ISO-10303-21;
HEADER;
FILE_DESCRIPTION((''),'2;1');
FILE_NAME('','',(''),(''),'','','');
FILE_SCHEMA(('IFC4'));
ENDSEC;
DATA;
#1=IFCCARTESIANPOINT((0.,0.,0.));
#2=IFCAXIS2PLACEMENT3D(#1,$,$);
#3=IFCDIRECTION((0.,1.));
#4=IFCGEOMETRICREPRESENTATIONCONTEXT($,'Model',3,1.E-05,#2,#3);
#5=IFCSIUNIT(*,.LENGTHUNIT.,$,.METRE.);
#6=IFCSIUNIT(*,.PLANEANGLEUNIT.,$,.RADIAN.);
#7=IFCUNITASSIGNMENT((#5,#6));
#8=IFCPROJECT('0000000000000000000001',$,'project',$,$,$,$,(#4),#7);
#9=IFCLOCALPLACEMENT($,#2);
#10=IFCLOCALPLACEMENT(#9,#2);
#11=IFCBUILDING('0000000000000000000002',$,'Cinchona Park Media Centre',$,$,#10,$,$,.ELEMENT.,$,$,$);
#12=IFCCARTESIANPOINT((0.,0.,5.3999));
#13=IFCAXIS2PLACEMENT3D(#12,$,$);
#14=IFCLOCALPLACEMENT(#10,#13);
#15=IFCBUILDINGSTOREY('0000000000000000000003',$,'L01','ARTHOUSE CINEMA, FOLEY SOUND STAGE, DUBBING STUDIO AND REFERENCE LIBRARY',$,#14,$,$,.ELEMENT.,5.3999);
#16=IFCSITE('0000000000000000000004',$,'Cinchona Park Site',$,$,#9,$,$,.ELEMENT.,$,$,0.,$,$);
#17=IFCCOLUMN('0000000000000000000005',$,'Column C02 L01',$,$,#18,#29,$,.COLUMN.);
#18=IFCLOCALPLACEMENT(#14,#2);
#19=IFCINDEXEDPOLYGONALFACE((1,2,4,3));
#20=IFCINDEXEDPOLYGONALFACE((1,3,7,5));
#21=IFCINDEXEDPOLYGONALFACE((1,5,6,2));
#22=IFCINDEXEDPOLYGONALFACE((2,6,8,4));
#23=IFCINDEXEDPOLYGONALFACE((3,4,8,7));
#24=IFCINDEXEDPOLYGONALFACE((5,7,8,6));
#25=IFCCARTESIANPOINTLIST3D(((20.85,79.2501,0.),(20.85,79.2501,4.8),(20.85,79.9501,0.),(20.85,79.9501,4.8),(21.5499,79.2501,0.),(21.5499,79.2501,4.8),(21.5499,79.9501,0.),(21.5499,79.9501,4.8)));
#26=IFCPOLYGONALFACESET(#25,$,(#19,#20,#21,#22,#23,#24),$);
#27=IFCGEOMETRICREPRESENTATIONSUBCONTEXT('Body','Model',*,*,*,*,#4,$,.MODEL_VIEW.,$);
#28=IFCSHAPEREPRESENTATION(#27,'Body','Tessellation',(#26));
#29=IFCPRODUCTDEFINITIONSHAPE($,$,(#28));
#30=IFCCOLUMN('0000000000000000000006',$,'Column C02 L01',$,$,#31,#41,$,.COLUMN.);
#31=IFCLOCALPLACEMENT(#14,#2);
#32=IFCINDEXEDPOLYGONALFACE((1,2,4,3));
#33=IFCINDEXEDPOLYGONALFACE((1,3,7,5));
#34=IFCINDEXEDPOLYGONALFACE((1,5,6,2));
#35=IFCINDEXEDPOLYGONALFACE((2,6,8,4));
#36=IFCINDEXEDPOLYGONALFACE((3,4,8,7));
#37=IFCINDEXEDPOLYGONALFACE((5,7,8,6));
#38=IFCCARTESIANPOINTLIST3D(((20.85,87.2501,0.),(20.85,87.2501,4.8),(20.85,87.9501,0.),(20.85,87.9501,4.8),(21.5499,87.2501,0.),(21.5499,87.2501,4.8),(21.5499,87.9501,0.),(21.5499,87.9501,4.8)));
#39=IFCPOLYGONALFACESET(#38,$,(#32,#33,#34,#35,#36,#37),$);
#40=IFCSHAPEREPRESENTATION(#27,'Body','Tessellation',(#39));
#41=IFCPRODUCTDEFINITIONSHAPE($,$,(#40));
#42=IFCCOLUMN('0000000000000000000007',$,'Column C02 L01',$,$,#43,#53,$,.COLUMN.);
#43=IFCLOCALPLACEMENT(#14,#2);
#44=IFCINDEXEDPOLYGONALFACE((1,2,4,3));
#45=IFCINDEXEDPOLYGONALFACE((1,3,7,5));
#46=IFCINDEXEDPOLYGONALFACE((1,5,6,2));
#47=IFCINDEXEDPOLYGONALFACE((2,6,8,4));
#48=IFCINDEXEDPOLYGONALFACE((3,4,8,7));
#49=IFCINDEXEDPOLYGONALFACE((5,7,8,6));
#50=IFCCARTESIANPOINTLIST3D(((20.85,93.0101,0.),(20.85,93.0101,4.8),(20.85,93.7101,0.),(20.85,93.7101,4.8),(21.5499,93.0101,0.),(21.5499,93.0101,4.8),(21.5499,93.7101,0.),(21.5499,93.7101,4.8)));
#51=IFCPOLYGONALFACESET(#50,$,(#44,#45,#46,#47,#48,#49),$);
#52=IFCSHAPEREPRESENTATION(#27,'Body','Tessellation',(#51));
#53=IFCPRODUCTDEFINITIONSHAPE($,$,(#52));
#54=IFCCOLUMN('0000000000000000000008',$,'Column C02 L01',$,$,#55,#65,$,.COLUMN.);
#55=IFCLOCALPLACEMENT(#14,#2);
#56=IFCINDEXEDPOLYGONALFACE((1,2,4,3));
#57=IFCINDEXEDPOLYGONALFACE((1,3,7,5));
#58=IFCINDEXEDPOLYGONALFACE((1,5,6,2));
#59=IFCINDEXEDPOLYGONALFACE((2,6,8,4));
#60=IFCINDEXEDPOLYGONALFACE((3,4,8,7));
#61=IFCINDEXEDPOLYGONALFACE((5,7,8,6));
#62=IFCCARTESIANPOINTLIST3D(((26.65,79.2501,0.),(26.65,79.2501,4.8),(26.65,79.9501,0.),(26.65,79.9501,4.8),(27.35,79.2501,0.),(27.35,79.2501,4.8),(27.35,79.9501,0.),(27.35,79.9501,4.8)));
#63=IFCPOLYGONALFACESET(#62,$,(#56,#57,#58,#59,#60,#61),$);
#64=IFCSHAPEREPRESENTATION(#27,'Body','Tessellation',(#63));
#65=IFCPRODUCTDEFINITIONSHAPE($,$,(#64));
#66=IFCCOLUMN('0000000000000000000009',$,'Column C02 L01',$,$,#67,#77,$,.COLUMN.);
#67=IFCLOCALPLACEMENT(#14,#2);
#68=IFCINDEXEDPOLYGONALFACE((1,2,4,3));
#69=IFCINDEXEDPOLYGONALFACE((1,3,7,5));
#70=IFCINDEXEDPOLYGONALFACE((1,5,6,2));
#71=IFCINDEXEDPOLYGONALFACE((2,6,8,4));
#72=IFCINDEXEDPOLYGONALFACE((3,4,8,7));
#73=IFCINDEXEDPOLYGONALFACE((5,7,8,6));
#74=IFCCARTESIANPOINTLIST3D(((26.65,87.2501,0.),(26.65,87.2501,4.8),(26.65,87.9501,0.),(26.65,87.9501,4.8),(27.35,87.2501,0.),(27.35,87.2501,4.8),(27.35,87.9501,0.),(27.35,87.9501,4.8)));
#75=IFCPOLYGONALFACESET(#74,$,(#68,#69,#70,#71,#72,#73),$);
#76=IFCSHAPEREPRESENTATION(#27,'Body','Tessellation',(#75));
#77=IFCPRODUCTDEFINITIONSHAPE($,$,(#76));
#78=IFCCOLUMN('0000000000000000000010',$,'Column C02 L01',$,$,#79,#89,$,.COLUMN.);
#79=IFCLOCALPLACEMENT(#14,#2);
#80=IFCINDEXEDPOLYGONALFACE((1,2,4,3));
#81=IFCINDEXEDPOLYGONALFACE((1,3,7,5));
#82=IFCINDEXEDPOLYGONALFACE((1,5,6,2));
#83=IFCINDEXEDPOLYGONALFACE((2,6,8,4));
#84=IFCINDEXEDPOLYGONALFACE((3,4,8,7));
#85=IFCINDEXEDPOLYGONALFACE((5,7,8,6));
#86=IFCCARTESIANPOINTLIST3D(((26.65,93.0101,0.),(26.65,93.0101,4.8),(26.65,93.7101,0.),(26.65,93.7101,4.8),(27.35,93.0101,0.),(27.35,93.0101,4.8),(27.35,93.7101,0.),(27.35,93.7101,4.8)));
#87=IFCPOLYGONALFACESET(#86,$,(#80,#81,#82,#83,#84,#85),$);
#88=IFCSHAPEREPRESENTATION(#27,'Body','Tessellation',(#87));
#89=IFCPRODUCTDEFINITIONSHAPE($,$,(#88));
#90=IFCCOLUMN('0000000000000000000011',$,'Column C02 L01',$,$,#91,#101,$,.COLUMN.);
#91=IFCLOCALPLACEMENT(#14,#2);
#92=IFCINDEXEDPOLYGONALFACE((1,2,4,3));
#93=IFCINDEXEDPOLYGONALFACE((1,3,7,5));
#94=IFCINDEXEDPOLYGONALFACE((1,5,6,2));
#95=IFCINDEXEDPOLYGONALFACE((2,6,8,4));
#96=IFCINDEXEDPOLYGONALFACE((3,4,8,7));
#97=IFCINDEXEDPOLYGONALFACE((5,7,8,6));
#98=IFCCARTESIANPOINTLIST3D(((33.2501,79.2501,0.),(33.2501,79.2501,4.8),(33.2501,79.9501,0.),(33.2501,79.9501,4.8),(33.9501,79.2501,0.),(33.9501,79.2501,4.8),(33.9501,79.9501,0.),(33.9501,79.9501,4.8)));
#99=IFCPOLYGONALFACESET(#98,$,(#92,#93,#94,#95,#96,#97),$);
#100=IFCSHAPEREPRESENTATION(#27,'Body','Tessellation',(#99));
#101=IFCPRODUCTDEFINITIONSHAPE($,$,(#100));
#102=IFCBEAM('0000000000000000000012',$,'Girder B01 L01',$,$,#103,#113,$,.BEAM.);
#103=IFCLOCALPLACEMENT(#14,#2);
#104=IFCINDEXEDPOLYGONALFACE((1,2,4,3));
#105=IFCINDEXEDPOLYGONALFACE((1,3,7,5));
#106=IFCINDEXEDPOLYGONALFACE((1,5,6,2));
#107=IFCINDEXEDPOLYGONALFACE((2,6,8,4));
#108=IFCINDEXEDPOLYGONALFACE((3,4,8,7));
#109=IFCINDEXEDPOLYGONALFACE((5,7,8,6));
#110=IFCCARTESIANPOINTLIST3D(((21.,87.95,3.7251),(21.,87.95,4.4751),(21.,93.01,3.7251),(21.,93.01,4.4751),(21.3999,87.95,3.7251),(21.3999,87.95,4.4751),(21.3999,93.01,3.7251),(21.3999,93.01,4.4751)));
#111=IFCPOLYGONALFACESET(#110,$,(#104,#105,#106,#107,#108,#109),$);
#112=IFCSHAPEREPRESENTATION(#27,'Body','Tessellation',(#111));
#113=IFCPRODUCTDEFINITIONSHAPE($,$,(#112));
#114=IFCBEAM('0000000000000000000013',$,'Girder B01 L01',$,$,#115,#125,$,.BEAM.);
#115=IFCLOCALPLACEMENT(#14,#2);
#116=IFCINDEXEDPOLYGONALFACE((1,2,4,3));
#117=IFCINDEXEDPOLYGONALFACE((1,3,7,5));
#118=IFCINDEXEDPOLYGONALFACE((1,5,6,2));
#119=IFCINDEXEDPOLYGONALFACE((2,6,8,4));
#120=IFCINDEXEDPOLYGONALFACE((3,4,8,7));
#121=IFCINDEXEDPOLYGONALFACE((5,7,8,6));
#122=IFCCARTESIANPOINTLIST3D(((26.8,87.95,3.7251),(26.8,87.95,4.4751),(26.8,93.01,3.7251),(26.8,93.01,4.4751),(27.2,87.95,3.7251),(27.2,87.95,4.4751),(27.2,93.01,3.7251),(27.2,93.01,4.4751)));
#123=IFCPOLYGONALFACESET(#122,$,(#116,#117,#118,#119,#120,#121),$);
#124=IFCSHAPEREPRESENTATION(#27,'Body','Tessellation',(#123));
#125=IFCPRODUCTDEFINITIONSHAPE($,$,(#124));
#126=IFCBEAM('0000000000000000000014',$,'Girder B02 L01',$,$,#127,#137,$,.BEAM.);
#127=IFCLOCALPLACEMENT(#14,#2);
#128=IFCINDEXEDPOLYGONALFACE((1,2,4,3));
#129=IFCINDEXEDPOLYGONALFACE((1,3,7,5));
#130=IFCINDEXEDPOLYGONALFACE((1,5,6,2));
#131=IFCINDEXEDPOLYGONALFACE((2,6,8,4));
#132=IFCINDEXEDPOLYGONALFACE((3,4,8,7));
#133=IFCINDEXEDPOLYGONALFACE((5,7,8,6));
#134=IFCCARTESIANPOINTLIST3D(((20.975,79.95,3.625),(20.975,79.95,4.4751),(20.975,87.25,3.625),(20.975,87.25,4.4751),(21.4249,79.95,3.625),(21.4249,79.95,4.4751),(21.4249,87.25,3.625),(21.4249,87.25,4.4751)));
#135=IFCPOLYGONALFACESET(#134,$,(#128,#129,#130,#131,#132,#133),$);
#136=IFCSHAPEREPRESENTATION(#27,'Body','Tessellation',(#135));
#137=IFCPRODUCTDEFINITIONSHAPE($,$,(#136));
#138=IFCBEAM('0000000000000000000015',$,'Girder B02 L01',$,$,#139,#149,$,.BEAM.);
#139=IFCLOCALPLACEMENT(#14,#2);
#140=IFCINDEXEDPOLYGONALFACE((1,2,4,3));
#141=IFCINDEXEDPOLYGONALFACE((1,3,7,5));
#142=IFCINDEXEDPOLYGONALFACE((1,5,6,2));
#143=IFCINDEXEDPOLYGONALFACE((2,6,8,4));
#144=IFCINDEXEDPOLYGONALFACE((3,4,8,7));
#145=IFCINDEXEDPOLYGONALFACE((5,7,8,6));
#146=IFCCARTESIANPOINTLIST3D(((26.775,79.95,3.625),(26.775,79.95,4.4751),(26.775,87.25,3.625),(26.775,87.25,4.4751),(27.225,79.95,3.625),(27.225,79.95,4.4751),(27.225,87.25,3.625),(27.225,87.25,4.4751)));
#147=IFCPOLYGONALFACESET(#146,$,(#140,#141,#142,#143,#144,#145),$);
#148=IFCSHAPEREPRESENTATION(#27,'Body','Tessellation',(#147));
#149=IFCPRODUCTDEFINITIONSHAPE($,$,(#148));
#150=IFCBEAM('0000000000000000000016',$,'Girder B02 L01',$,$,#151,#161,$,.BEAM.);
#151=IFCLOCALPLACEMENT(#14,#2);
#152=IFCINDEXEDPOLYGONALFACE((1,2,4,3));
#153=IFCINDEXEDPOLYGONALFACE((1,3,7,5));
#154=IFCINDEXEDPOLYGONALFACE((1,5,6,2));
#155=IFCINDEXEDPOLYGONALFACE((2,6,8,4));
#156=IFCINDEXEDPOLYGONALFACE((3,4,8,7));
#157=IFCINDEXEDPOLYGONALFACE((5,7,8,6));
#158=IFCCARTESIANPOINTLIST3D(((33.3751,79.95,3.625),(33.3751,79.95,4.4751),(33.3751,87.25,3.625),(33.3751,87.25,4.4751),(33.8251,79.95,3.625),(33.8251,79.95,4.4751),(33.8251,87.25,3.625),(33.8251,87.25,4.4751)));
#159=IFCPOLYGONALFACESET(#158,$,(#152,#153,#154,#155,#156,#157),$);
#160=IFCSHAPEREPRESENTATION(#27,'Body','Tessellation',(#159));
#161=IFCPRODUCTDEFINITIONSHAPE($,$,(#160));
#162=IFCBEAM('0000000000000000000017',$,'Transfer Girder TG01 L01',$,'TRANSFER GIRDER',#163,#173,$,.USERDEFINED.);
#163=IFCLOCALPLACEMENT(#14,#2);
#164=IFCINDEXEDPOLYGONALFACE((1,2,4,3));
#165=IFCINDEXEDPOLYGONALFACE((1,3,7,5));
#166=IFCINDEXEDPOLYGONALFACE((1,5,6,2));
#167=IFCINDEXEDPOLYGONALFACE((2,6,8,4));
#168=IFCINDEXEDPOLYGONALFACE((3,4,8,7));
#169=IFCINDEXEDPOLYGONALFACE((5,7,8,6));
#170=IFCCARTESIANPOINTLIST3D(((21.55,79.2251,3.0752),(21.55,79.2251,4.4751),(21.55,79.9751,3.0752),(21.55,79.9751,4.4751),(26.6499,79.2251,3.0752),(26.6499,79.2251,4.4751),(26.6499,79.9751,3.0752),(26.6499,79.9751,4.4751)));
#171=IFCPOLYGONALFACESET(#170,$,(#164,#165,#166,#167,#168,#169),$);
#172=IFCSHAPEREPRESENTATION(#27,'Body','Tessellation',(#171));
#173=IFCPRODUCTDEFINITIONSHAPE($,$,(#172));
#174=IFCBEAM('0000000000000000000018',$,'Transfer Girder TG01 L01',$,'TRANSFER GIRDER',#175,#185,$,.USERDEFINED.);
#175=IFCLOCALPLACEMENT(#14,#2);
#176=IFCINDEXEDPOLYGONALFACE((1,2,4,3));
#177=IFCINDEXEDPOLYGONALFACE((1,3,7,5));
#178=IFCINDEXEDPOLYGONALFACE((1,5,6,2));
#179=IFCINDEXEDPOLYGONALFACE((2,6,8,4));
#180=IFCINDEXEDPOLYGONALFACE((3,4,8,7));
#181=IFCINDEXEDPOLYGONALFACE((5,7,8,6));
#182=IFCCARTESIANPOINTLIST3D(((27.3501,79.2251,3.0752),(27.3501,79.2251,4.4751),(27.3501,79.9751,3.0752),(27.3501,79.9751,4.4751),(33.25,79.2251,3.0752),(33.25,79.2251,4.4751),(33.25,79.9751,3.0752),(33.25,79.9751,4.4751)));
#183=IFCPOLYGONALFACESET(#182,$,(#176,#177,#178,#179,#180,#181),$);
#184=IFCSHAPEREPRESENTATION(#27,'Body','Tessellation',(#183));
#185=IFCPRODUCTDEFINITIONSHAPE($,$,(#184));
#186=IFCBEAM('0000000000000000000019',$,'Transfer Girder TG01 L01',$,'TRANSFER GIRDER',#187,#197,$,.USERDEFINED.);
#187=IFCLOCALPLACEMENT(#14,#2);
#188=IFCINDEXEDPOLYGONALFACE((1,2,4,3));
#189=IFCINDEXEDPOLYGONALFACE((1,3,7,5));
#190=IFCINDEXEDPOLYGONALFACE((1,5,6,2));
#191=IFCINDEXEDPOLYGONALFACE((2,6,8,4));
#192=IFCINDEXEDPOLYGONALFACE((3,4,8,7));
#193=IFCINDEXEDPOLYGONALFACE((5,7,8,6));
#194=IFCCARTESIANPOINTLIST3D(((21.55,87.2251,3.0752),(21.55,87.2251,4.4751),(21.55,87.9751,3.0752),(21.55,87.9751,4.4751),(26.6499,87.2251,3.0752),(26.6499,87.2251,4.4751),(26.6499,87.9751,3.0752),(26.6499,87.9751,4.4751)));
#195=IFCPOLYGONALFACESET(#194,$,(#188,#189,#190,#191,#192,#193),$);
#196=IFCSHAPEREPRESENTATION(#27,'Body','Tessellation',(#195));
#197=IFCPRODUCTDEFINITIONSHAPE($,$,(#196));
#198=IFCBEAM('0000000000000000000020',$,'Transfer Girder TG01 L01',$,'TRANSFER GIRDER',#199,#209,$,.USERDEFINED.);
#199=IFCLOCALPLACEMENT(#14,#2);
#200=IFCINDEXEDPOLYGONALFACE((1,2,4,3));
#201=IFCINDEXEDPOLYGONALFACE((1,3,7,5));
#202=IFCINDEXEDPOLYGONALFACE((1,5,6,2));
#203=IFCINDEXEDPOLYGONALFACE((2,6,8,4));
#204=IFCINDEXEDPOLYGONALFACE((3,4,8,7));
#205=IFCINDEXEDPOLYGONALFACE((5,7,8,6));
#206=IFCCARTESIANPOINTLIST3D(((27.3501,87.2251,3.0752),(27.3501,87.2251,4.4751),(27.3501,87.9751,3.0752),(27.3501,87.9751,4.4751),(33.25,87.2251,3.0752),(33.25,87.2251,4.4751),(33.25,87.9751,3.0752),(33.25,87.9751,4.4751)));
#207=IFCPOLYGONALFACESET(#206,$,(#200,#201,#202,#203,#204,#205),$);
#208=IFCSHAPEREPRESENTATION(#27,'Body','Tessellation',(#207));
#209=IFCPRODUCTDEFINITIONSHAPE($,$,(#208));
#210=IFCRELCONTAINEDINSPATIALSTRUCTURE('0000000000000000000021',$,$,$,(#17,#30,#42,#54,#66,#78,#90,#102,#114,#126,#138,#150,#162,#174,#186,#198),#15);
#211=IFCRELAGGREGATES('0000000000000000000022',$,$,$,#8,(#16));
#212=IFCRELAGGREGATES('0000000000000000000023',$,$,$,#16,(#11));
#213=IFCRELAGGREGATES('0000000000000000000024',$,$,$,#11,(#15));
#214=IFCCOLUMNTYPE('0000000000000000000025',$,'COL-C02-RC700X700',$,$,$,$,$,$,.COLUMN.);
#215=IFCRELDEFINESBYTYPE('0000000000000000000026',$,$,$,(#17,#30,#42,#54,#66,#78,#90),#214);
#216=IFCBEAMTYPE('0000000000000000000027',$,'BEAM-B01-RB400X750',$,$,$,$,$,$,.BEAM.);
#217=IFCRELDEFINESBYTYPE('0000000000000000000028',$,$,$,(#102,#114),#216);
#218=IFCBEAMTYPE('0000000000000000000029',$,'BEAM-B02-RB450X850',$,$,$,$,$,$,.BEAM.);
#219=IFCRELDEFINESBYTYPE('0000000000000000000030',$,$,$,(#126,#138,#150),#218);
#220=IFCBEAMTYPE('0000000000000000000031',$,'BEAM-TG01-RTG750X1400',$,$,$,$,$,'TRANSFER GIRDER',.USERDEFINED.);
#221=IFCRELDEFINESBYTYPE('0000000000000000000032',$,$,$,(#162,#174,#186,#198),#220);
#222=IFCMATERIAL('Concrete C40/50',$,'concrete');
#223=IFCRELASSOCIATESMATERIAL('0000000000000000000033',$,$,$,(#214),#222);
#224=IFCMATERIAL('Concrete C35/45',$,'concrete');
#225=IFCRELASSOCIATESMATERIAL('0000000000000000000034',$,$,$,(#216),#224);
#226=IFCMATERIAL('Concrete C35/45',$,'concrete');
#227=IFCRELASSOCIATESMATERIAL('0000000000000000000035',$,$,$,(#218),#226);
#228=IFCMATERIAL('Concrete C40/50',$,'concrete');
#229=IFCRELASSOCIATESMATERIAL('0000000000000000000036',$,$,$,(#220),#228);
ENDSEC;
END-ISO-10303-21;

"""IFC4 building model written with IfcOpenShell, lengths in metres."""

from ifc_helpers import new_model, si_unit, direction, frame, origin, origin_2d, place, context, subcontext, project, spatial, rectangle, extrude, material, material_profile, profile_set, type_object, element, save


model = new_model("IFC4")

# Units and contexts
model_context = context("Model", 3, precision=1e-05, world=origin(), true_north=direction((0.0, 1.0)))
body_context = subcontext(model_context, "Body", "Model", "MODEL_VIEW")
ifc_project = project(units=[si_unit("LENGTHUNIT", "METRE"), si_unit("PLANEANGLEUNIT", "RADIAN")], contexts=[model_context])

# Site, building, storey
site_placement = place(None, origin())
site = spatial("IfcSite", under=ifc_project, at=site_placement, Name="Cinchona Park Site", CompositionType="ELEMENT", RefElevation=0.0)
building_placement = place(site_placement, origin())
building = spatial("IfcBuilding", under=site, at=building_placement, Name="Cinchona Park Media Centre", CompositionType="ELEMENT")
storey_placement = place(building_placement, frame((0.0, 0.0, 5.3999)))
storey = spatial("IfcBuildingStorey", under=building, at=storey_placement, Name="L01", Description="ARTHOUSE CINEMA, FOLEY SOUND STAGE, DUBBING STUDIO AND REFERENCE LIBRARY", CompositionType="ELEMENT", Elevation=5.3999)

# Columns
ifc_material_1 = material(Name="Concrete C40/50", Category="concrete")
ifc_material_profile_1 = material_profile(ifc_material_1, rectangle(XDim=0.7, YDim=0.7, at=origin_2d()), Name="RC 700X700")
ifc_profile_set_1 = profile_set([ifc_material_profile_1], Name="Concrete C40/50")
column_type = type_object("IfcColumnType", Name="COL-C02-RC700X700", PredefinedType="COLUMN", material=ifc_profile_set_1)
for number, where, z_axis, x_axis, name in (
    (1, (21.2, 79.6001, 0.0), (0.0, 0.0, 1.0), (1.0, 0.0, 0.0), "Column C02 L01"),
    (2, (21.2, 87.6001, 0.0), (0.0, 0.0, 1.0), (1.0, 0.0, 0.0), "Column C02 L01"),
    (3, (21.2, 93.3601, 0.0), (0.0, 0.0, 1.0), (1.0, 0.0, 0.0), "Column C02 L01"),
    (4, (27.0, 79.6001, 0.0), (0.0, 0.0, 1.0), (1.0, 0.0, 0.0), "Column C02 L01"),
    (5, (27.0, 87.6001, 0.0), (0.0, 0.0, 1.0), (1.0, 0.0, 0.0), "Column C02 L01"),
    (6, (27.0, 93.3601, 0.0), (0.0, 0.0, 1.0), (1.0, 0.0, 0.0), "Column C02 L01"),
    (7, (33.6001, 79.6001, 0.0), (0.0, 0.0, 1.0), (1.0, 0.0, 0.0), "Column C02 L01"),
):
    element("IfcColumn", number, at=place(storey_placement, frame(where, z_axis=z_axis, x_axis=x_axis)), inside=storey, type_object=column_type, Name=name, PredefinedType="COLUMN", context=body_context, shape_type="SweptSolid", body=[
        extrude(rectangle(XDim=0.7, YDim=0.7, at=origin_2d()), origin(), (0.0, 0.0, 1.0), 4.8),
    ])

# Beams
ifc_material_2 = material(Name="Concrete C35/45", Category="concrete")
ifc_material_profile_2 = material_profile(ifc_material_2, rectangle(XDim=0.3999, YDim=0.75, at=origin_2d()), Name="RB 400X750")
ifc_profile_set_2 = profile_set([ifc_material_profile_2], Name="Concrete C35/45")
beam_type_1 = type_object("IfcBeamType", Name="BEAM-B01-RB400X750", PredefinedType="BEAM", material=ifc_profile_set_2)
for number, where, z_axis, x_axis, name in (
    (8, (21.2, 87.95, 4.1001), (0.0, 1.0, 0.0), (-1.0, 0.0, 0.0), "Girder B01 L01"),
    (9, (27.0, 87.95, 4.1001), (0.0, 1.0, 0.0), (-1.0, 0.0, 0.0), "Girder B01 L01"),
):
    element("IfcBeam", number, at=place(storey_placement, frame(where, z_axis=z_axis, x_axis=x_axis)), inside=storey, type_object=beam_type_1, Name=name, PredefinedType="BEAM", context=body_context, shape_type="SweptSolid", body=[
        extrude(rectangle(XDim=0.3999, YDim=0.75, at=origin_2d()), origin(), (0.0, 0.0, 1.0), 5.0601),
    ])
ifc_material_3 = material(Name="Concrete C35/45", Category="concrete")
ifc_material_profile_3 = material_profile(ifc_material_3, rectangle(XDim=0.45, YDim=0.8501, at=origin_2d()), Name="RB 450X850")
ifc_profile_set_3 = profile_set([ifc_material_profile_3], Name="Concrete C35/45")
beam_type_2 = type_object("IfcBeamType", Name="BEAM-B02-RB450X850", PredefinedType="BEAM", material=ifc_profile_set_3)
for number, where, z_axis, x_axis, name in (
    (10, (21.2, 79.95, 4.05), (0.0, 1.0, 0.0), (-1.0, 0.0, 0.0), "Girder B02 L01"),
    (11, (27.0, 79.95, 4.05), (0.0, 1.0, 0.0), (-1.0, 0.0, 0.0), "Girder B02 L01"),
    (12, (33.6001, 79.95, 4.05), (0.0, 1.0, 0.0), (-1.0, 0.0, 0.0), "Girder B02 L01"),
):
    element("IfcBeam", number, at=place(storey_placement, frame(where, z_axis=z_axis, x_axis=x_axis)), inside=storey, type_object=beam_type_2, Name=name, PredefinedType="BEAM", context=body_context, shape_type="SweptSolid", body=[
        extrude(rectangle(XDim=0.45, YDim=0.8501, at=origin_2d()), origin(), (0.0, 0.0, 1.0), 7.3),
    ])
ifc_material_4 = material(Name="Concrete C40/50", Category="concrete")
ifc_material_profile_4 = material_profile(ifc_material_4, rectangle(XDim=0.75, YDim=1.3999, at=origin_2d()), Name="RTG 750X1400")
ifc_profile_set_4 = profile_set([ifc_material_profile_4], Name="Concrete C40/50")
beam_type_3 = type_object("IfcBeamType", Name="BEAM-TG01-RTG750X1400", ElementType="TRANSFER GIRDER", PredefinedType="USERDEFINED", material=ifc_profile_set_4)
beam_1_placement = place(storey_placement, frame((21.55, 79.6001, 3.7751), z_axis=(1.0, 0.0, 0.0), x_axis=(0.0, 1.0, 0.0)))
element("IfcBeam", 13, at=beam_1_placement, inside=storey, type_object=beam_type_3, Name="Transfer Girder TG01 L01", ObjectType="TRANSFER GIRDER", PredefinedType="USERDEFINED", context=body_context, shape_type="SweptSolid", body=[
    extrude(rectangle(XDim=0.75, YDim=1.3999, at=origin_2d()), origin(), (0.0, 0.0, 1.0), 5.0999),
])
beam_2_placement = place(storey_placement, frame((27.3501, 79.6001, 3.7751), z_axis=(1.0, 0.0, 0.0), x_axis=(0.0, 1.0, 0.0)))
element("IfcBeam", 14, at=beam_2_placement, inside=storey, type_object=beam_type_3, Name="Transfer Girder TG01 L01", ObjectType="TRANSFER GIRDER", PredefinedType="USERDEFINED", context=body_context, shape_type="SweptSolid", body=[
    extrude(rectangle(XDim=0.75, YDim=1.3999, at=origin_2d()), origin(), (0.0, 0.0, 1.0), 5.8999),
])
beam_3_placement = place(storey_placement, frame((21.55, 87.6001, 3.7751), z_axis=(1.0, 0.0, 0.0), x_axis=(0.0, 1.0, 0.0)))
element("IfcBeam", 15, at=beam_3_placement, inside=storey, type_object=beam_type_3, Name="Transfer Girder TG01 L01", ObjectType="TRANSFER GIRDER", PredefinedType="USERDEFINED", context=body_context, shape_type="SweptSolid", body=[
    extrude(rectangle(XDim=0.75, YDim=1.3999, at=origin_2d()), origin(), (0.0, 0.0, 1.0), 5.0999),
])
beam_4_placement = place(storey_placement, frame((27.3501, 87.6001, 3.7751), z_axis=(1.0, 0.0, 0.0), x_axis=(0.0, 1.0, 0.0)))
element("IfcBeam", 16, at=beam_4_placement, inside=storey, type_object=beam_type_3, Name="Transfer Girder TG01 L01", ObjectType="TRANSFER GIRDER", PredefinedType="USERDEFINED", context=body_context, shape_type="SweptSolid", body=[
    extrude(rectangle(XDim=0.75, YDim=1.3999, at=origin_2d()), origin(), (0.0, 0.0, 1.0), 5.8999),
])

save(model, "model.ifc")
